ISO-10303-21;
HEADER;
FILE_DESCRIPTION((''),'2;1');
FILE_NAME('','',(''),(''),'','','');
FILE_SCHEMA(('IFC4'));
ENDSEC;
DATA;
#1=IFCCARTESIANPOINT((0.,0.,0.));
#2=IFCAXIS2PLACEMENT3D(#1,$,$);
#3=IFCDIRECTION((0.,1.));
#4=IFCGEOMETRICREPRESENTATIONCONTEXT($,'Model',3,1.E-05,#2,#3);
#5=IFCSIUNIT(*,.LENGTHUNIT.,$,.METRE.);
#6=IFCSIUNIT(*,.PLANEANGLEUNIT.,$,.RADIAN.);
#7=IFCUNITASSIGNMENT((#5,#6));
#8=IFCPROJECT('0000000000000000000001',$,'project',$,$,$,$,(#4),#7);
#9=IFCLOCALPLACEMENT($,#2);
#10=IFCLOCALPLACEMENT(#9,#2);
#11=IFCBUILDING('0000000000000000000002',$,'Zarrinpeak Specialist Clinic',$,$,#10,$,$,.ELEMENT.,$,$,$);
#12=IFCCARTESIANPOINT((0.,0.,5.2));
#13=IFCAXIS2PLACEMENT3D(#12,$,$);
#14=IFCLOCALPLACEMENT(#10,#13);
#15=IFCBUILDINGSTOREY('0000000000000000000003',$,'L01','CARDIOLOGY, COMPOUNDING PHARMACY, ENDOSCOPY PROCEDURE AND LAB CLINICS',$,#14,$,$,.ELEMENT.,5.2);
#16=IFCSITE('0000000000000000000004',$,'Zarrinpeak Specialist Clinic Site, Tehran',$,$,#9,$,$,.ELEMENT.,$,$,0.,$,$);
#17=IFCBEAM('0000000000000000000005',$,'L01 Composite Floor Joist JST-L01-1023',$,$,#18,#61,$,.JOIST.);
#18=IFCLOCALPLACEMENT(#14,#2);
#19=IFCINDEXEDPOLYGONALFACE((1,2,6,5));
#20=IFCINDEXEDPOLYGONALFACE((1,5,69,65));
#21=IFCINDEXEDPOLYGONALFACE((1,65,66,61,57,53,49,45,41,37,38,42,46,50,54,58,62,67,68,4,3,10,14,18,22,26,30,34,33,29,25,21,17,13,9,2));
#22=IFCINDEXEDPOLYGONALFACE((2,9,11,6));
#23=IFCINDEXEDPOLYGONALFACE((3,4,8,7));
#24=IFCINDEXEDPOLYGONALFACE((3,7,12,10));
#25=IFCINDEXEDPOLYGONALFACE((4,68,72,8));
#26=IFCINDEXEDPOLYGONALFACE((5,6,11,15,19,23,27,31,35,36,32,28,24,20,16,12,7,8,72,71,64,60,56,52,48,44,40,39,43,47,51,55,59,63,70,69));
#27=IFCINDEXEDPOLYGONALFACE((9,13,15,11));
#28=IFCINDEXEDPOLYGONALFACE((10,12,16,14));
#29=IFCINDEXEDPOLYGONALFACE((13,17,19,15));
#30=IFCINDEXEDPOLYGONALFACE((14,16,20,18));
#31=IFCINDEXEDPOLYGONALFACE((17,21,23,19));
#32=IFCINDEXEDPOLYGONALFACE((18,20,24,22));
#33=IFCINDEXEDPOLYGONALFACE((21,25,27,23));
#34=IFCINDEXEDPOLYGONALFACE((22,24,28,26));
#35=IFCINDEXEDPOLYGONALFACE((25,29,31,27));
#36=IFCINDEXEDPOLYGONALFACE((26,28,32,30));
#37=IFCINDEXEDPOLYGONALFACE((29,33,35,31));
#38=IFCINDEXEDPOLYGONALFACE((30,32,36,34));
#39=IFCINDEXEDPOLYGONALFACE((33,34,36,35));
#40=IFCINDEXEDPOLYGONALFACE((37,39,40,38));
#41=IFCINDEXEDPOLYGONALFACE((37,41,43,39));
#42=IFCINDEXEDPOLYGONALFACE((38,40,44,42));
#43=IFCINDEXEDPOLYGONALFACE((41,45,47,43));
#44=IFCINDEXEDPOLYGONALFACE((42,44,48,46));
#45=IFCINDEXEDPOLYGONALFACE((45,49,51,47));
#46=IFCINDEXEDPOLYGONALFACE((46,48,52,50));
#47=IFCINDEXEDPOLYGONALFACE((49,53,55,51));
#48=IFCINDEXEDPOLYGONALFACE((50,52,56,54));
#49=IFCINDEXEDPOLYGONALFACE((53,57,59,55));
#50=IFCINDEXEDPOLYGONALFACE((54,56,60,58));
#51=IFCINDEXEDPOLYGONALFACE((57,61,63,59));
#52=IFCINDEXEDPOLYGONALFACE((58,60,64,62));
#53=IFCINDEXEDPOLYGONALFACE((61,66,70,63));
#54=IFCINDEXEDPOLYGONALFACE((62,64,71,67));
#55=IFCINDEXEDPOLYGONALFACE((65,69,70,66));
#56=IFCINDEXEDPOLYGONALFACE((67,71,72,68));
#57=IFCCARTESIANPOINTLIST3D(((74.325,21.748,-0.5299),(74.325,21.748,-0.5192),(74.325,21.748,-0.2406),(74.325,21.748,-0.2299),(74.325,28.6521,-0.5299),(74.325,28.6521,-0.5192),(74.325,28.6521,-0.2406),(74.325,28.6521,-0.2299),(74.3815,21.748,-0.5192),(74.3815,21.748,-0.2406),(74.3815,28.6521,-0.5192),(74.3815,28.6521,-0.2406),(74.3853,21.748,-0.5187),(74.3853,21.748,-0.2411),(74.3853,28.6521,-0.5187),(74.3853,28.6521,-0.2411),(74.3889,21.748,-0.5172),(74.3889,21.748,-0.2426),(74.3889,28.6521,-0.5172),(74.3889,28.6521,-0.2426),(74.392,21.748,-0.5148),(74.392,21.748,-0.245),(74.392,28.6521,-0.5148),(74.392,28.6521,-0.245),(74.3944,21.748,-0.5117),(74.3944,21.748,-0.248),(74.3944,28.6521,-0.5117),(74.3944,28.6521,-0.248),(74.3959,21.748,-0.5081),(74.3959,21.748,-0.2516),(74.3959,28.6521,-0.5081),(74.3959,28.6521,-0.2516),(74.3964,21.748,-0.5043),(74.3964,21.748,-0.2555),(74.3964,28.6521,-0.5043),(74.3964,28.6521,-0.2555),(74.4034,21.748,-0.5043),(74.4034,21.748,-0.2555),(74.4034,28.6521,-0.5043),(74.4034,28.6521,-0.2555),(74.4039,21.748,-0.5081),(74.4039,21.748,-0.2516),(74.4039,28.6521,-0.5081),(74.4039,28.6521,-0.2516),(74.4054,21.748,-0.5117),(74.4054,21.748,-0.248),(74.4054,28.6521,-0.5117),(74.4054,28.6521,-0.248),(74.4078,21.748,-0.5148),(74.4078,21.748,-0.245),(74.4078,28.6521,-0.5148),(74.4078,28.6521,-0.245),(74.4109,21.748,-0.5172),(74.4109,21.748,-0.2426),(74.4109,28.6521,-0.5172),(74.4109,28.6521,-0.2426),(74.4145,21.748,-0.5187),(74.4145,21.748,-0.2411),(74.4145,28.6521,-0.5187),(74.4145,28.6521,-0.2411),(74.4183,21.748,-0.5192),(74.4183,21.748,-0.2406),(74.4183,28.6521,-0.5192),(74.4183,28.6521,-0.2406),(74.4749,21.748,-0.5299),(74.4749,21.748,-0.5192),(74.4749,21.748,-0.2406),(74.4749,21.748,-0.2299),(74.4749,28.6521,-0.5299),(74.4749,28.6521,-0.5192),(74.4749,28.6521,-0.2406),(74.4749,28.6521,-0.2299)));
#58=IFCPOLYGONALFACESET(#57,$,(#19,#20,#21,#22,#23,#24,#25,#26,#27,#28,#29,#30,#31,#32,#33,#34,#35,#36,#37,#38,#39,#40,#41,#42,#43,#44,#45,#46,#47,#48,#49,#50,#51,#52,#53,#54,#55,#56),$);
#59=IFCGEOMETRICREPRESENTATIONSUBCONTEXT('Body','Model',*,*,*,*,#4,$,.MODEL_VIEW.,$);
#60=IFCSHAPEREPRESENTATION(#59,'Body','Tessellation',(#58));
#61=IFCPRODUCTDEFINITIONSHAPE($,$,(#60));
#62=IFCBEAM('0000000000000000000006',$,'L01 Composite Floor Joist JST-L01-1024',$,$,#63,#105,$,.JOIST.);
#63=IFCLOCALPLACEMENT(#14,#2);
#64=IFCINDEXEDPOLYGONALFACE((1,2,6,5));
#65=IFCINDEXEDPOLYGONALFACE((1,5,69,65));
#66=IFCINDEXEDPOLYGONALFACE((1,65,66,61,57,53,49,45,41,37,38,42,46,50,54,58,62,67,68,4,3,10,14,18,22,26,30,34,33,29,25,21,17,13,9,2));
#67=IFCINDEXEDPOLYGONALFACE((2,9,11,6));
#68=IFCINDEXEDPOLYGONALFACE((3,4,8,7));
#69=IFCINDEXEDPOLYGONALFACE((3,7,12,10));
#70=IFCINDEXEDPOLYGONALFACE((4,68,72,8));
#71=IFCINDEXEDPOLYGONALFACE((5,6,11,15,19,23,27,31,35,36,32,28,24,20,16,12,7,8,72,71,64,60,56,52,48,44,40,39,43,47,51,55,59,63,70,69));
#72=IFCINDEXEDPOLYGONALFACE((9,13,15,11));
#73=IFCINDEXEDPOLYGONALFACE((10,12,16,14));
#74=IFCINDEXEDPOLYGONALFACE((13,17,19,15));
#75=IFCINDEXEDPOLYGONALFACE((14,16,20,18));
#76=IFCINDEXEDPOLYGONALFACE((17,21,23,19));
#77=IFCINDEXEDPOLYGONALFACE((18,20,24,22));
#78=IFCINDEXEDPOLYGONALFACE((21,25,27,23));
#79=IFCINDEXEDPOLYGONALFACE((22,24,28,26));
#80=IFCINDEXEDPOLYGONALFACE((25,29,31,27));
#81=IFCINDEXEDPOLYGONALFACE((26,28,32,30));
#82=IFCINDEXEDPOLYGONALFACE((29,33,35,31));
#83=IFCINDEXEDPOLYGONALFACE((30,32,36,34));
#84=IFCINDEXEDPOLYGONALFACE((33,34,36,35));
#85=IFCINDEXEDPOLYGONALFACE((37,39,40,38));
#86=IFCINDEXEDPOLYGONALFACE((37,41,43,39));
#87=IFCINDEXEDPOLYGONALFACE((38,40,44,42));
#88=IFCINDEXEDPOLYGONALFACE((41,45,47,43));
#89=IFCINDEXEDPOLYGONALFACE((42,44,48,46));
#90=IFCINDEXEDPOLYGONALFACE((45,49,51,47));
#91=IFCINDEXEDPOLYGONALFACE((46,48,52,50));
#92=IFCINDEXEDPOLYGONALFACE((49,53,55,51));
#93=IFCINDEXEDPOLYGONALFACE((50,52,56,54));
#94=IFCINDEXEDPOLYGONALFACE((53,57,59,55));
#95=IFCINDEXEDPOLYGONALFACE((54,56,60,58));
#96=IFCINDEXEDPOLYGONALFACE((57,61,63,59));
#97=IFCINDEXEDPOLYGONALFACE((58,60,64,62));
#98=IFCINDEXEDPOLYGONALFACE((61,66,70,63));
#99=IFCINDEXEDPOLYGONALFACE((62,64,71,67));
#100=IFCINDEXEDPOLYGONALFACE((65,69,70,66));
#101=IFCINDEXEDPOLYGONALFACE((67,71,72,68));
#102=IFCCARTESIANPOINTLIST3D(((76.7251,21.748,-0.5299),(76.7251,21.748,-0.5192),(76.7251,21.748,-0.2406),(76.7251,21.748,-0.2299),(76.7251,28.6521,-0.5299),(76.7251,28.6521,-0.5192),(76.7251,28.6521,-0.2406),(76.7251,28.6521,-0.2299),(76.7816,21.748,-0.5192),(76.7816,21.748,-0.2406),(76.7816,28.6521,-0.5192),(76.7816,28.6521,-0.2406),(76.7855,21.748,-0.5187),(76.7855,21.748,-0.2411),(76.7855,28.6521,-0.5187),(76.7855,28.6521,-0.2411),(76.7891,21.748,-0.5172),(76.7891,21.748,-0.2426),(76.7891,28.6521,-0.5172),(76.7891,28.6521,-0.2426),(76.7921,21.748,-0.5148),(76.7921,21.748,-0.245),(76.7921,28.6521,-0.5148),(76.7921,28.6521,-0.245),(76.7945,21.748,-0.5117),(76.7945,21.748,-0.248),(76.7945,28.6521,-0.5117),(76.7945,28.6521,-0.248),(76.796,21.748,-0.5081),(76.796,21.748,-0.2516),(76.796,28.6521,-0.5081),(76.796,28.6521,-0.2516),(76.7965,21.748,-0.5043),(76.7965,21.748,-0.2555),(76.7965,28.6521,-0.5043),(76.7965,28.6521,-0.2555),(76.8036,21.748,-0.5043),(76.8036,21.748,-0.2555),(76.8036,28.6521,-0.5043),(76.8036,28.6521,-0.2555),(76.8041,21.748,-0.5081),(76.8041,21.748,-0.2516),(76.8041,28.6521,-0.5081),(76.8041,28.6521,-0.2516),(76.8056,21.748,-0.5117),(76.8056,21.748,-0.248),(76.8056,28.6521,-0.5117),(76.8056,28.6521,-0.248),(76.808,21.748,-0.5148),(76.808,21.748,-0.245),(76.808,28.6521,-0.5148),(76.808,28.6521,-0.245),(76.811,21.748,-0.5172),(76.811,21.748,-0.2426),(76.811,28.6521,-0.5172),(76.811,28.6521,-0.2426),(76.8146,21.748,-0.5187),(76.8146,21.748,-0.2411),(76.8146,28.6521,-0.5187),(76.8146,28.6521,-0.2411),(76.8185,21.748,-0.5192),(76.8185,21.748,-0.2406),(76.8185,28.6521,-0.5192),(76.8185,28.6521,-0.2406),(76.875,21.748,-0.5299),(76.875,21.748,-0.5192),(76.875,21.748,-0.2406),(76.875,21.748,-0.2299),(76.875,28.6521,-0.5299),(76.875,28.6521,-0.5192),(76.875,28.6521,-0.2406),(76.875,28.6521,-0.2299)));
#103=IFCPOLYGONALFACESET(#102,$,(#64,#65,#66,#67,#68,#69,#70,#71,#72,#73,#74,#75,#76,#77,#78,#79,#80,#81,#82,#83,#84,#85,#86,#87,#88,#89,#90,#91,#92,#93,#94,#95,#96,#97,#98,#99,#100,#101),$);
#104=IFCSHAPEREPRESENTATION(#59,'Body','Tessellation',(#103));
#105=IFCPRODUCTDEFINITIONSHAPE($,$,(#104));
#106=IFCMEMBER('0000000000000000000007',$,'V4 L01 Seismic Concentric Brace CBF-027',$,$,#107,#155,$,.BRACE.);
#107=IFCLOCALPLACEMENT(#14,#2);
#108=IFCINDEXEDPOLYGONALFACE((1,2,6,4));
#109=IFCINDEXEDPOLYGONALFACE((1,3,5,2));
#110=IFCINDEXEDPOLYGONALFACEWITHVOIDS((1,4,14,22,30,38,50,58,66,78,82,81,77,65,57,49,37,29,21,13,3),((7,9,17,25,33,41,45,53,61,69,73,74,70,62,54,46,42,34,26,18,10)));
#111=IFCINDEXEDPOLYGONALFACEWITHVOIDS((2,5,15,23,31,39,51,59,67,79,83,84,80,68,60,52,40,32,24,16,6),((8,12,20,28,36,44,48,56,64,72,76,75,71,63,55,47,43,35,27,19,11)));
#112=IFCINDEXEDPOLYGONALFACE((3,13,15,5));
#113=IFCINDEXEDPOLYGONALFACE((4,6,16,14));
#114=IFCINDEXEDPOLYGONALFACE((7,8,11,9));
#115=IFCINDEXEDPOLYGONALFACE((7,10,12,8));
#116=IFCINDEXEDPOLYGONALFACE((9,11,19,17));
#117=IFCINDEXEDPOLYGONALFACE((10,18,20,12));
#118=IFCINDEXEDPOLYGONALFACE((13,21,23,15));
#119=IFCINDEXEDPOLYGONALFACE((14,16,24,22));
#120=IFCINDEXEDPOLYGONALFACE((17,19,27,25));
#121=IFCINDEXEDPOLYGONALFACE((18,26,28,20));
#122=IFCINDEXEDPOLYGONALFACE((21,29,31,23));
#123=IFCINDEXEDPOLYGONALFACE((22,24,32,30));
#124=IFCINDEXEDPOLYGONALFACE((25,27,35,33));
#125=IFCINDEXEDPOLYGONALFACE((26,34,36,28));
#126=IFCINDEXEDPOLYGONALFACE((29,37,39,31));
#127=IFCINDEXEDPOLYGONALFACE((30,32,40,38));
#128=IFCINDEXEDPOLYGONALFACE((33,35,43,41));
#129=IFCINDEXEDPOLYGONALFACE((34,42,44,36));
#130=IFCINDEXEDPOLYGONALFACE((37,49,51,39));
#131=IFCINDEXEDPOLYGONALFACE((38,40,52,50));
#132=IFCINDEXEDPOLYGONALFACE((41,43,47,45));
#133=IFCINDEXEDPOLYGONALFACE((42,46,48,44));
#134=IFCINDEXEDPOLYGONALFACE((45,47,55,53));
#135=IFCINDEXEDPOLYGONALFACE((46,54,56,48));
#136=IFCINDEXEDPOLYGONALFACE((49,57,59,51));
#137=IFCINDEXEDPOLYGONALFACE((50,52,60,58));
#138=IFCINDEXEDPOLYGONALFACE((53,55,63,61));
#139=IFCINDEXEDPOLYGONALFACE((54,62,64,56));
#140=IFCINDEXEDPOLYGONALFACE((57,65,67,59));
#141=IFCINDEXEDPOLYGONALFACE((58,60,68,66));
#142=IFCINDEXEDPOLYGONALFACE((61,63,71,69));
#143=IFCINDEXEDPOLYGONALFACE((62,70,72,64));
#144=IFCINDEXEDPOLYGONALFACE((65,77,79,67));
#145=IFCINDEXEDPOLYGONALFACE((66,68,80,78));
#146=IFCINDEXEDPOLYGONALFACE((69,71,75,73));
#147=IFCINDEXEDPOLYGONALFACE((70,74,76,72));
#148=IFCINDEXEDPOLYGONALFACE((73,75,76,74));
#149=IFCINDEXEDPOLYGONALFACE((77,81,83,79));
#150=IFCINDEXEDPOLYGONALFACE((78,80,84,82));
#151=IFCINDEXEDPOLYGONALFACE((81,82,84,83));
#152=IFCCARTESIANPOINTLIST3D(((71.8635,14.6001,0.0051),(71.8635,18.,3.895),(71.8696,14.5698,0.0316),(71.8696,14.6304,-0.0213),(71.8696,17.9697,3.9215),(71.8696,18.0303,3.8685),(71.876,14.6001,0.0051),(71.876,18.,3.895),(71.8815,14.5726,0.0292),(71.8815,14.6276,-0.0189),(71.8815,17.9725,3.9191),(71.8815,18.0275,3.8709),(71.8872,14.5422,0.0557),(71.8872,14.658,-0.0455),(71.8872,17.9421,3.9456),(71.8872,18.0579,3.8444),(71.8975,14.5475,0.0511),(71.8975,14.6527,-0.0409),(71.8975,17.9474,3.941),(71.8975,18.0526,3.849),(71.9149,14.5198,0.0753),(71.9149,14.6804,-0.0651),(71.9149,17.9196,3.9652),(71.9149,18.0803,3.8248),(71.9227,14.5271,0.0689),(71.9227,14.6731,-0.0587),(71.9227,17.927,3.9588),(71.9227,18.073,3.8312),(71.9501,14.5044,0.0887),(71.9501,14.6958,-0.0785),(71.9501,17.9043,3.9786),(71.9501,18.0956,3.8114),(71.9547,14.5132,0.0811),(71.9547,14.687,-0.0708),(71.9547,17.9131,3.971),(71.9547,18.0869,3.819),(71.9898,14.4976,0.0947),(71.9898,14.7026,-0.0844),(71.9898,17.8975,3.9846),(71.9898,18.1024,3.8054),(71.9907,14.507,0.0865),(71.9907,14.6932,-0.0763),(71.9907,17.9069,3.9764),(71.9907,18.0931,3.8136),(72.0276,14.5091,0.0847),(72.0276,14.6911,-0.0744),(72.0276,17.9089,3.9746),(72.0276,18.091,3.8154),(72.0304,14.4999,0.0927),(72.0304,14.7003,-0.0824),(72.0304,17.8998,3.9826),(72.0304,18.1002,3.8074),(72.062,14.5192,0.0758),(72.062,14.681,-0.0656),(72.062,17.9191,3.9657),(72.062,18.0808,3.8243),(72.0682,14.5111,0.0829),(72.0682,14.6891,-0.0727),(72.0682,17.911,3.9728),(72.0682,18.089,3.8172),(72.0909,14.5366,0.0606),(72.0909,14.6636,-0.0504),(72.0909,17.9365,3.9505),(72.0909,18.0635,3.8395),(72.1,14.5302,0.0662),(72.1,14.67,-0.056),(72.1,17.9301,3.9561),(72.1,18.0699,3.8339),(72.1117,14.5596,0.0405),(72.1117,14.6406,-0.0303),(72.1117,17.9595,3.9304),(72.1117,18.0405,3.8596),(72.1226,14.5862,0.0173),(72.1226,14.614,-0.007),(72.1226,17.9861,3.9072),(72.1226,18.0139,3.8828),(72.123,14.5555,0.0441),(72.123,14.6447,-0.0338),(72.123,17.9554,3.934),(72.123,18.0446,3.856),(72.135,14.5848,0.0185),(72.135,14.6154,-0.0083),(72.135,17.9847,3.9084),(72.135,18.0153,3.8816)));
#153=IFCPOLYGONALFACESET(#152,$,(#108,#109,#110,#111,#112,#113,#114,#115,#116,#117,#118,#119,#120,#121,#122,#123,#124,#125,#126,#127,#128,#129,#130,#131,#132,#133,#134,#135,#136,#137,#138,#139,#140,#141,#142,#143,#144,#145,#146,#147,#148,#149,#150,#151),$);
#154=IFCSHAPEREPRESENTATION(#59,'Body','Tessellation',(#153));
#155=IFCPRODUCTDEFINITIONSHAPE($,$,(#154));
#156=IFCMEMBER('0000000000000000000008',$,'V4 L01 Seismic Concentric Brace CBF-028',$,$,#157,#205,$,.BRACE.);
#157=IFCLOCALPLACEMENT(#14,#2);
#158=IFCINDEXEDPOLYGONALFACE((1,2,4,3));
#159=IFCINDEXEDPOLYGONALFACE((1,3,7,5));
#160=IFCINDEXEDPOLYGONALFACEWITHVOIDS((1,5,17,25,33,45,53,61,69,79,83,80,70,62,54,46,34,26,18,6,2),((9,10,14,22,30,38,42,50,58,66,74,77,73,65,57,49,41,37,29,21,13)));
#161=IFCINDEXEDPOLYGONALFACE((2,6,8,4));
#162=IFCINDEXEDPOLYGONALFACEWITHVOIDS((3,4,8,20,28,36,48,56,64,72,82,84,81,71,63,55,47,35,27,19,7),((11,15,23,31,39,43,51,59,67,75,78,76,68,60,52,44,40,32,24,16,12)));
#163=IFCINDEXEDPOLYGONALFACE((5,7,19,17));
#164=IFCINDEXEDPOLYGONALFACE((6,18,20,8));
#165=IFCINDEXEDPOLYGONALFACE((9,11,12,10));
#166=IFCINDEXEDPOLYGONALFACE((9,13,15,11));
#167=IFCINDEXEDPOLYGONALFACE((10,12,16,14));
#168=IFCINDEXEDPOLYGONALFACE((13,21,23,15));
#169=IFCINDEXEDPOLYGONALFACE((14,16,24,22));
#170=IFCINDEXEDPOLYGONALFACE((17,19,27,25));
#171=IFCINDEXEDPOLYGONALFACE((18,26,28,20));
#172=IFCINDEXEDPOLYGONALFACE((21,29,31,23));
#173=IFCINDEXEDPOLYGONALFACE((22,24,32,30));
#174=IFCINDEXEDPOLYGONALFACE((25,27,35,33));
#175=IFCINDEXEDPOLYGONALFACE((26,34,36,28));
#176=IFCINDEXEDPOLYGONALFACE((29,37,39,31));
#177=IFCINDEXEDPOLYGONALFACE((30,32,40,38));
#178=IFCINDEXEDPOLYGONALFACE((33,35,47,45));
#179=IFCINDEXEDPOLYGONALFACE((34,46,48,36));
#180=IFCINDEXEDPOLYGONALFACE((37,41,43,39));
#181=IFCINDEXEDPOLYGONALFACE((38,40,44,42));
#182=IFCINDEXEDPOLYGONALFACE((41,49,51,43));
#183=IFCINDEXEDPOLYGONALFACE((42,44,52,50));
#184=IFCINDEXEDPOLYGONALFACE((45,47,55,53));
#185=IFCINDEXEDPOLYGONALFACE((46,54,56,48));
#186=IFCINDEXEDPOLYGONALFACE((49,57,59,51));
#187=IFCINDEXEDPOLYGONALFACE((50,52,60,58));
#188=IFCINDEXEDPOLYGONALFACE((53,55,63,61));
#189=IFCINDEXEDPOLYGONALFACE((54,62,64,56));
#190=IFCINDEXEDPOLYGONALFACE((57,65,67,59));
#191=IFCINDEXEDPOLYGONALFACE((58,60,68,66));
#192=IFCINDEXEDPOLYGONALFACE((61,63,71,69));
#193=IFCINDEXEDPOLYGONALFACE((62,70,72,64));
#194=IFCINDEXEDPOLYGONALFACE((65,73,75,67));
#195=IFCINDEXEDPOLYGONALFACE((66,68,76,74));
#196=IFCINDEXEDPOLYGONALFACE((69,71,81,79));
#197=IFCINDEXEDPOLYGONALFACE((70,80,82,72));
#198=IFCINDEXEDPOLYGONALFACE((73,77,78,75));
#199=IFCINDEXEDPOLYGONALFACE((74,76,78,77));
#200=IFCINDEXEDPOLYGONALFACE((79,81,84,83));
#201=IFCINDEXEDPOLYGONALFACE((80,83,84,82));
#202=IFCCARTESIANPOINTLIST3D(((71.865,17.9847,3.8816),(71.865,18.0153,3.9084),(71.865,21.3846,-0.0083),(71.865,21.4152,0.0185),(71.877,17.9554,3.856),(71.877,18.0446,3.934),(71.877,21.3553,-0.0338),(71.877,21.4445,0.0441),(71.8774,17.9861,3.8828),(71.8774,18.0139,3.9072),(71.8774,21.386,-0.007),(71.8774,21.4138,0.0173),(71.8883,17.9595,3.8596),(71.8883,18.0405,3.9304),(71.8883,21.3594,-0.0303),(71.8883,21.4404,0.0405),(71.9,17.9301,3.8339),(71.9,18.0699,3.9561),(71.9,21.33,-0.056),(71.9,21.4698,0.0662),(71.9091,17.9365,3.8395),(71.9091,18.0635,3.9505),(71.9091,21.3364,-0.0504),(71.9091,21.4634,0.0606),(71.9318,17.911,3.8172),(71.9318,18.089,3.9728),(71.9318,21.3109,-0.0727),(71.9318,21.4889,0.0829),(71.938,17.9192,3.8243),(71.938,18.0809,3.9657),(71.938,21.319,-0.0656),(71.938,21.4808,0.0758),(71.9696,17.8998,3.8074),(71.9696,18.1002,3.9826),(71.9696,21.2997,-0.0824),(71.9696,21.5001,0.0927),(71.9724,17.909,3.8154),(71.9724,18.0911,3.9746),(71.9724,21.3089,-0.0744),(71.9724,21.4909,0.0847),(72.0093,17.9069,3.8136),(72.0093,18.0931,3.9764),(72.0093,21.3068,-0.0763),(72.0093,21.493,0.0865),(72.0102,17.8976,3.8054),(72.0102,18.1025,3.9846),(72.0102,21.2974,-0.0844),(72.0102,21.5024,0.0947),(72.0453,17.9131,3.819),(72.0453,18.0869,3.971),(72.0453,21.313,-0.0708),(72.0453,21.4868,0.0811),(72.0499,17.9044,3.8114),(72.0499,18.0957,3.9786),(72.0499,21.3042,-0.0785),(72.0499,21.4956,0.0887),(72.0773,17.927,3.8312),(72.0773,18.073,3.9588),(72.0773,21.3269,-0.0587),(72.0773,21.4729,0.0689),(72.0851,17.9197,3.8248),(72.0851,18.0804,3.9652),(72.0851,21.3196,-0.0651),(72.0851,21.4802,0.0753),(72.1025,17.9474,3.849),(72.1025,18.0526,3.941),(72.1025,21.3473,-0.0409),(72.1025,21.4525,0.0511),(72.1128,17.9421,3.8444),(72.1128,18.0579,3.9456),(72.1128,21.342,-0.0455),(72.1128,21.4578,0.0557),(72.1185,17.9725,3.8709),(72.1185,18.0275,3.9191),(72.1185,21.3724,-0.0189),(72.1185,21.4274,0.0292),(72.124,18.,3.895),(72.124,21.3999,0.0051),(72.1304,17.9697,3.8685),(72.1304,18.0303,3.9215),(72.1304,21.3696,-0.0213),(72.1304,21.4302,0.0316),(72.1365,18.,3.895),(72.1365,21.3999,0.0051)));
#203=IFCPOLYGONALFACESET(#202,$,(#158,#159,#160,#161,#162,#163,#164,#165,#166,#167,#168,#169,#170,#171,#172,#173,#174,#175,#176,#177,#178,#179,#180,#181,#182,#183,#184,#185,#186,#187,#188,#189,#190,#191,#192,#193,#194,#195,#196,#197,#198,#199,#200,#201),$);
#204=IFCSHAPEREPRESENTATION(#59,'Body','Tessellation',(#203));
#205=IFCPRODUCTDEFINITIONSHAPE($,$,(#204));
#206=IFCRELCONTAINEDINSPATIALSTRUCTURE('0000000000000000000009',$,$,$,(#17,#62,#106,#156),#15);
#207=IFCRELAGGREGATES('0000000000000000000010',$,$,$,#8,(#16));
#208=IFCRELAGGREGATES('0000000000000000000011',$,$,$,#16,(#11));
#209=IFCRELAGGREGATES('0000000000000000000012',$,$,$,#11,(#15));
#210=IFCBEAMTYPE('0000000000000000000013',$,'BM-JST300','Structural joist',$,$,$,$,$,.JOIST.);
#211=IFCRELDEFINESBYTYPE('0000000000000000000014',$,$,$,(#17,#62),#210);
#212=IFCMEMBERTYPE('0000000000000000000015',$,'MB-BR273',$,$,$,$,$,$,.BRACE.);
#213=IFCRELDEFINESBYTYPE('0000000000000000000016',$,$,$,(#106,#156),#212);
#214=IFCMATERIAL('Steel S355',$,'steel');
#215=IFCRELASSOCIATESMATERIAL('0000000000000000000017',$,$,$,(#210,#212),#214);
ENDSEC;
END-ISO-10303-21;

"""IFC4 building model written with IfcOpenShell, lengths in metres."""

from ifc_helpers import new_model, si_unit, direction, frame, origin, origin_2d, place, context, subcontext, project, spatial, hollow_circle, i_section, extrude, material, material_profile, profile_set, type_object, element, save


model = new_model("IFC4")

# Units and contexts
model_context = context("Model", 3, precision=1e-05, world=origin(), true_north=direction((0.0, 1.0)))
body_context = subcontext(model_context, "Body", "Model", "MODEL_VIEW")
ifc_project = project(units=[si_unit("LENGTHUNIT", "METRE"), si_unit("PLANEANGLEUNIT", "RADIAN")], contexts=[model_context])

# Site, building, storey
site_placement = place(None, origin())
site = spatial("IfcSite", under=ifc_project, at=site_placement, Name="Zarrinpeak Specialist Clinic Site, Tehran", CompositionType="ELEMENT", RefElevation=0.0)
building_placement = place(site_placement, origin())
building = spatial("IfcBuilding", under=site, at=building_placement, Name="Zarrinpeak Specialist Clinic", CompositionType="ELEMENT")
storey_placement = place(building_placement, frame((0.0, 0.0, 5.2)))
storey = spatial("IfcBuildingStorey", under=building, at=storey_placement, Name="L01", Description="CARDIOLOGY, COMPOUNDING PHARMACY, ENDOSCOPY PROCEDURE AND LAB CLINICS", CompositionType="ELEMENT", Elevation=5.2)

# Shared definitions
ifc_material_1 = material(Name="Steel S355", Category="steel")

# Beams
ifc_material_profile_1 = material_profile(ifc_material_1, i_section(OverallWidth=0.1499, OverallDepth=0.3, WebThickness=0.0071, FlangeThickness=0.0107, FilletRadius=0.0149, at=origin_2d()), Name="IPE 300")
ifc_profile_set_1 = profile_set([ifc_material_profile_1], Name="Steel S355")
beam_type_1 = type_object("IfcBeamType", Name="BM-JST300", Description="Structural joist", PredefinedType="JOIST", material=ifc_profile_set_1)
for number, where, z_axis, x_axis, name in (
    (1, (74.3999, 21.748, -0.3799), (0.0, 1.0, 0.0), (-1.0, 0.0, 0.0), "L01 Composite Floor Joist JST-L01-1023"),
    (2, (76.8, 21.748, -0.3799), (0.0, 1.0, 0.0), (-1.0, 0.0, 0.0), "L01 Composite Floor Joist JST-L01-1024"),
):
    element("IfcBeam", number, at=place(storey_placement, frame(where, z_axis=z_axis, x_axis=x_axis)), inside=storey, type_object=beam_type_1, Name=name, PredefinedType="JOIST", context=body_context, shape_type="SweptSolid", body=[
        extrude(i_section(OverallWidth=0.1499, OverallDepth=0.3, WebThickness=0.0071, FlangeThickness=0.0107, FilletRadius=0.0149, at=origin_2d()), origin(), (0.0, 0.0, 1.0), 6.9041),
    ])

# Members
ifc_material_profile_2 = material_profile(ifc_material_1, hollow_circle(Radius=0.1365, WallThickness=0.0125, at=origin_2d()), Name="CHS 273.0x12.5")
ifc_profile_set_2 = profile_set([ifc_material_profile_2], Name="Steel S355")
member_type = type_object("IfcMemberType", Name="MB-BR273", PredefinedType="BRACE", material=ifc_profile_set_2)
for number, where, z_axis, x_axis, name in (
    (3, (72.0, 14.6001, 0.0051), (0.0, 0.658093, 0.752937), (-1.0, 0.0, 0.0), "V4 L01 Seismic Concentric Brace CBF-027"),
    (4, (72.0, 21.3999, 0.0051), (0.0, -0.658093, 0.752937), (1.0, 0.0, 0.0), "V4 L01 Seismic Concentric Brace CBF-028"),
):
    element("IfcMember", number, at=place(storey_placement, frame(where, z_axis=z_axis, x_axis=x_axis)), inside=storey, type_object=member_type, Name=name, PredefinedType="BRACE", context=body_context, shape_type="SweptSolid", body=[
        extrude(hollow_circle(Radius=0.1365, WallThickness=0.0125, at=origin_2d()), origin(), (0.0, 0.0, 1.0), 5.1663),
    ])

save(model, "model.ifc")
